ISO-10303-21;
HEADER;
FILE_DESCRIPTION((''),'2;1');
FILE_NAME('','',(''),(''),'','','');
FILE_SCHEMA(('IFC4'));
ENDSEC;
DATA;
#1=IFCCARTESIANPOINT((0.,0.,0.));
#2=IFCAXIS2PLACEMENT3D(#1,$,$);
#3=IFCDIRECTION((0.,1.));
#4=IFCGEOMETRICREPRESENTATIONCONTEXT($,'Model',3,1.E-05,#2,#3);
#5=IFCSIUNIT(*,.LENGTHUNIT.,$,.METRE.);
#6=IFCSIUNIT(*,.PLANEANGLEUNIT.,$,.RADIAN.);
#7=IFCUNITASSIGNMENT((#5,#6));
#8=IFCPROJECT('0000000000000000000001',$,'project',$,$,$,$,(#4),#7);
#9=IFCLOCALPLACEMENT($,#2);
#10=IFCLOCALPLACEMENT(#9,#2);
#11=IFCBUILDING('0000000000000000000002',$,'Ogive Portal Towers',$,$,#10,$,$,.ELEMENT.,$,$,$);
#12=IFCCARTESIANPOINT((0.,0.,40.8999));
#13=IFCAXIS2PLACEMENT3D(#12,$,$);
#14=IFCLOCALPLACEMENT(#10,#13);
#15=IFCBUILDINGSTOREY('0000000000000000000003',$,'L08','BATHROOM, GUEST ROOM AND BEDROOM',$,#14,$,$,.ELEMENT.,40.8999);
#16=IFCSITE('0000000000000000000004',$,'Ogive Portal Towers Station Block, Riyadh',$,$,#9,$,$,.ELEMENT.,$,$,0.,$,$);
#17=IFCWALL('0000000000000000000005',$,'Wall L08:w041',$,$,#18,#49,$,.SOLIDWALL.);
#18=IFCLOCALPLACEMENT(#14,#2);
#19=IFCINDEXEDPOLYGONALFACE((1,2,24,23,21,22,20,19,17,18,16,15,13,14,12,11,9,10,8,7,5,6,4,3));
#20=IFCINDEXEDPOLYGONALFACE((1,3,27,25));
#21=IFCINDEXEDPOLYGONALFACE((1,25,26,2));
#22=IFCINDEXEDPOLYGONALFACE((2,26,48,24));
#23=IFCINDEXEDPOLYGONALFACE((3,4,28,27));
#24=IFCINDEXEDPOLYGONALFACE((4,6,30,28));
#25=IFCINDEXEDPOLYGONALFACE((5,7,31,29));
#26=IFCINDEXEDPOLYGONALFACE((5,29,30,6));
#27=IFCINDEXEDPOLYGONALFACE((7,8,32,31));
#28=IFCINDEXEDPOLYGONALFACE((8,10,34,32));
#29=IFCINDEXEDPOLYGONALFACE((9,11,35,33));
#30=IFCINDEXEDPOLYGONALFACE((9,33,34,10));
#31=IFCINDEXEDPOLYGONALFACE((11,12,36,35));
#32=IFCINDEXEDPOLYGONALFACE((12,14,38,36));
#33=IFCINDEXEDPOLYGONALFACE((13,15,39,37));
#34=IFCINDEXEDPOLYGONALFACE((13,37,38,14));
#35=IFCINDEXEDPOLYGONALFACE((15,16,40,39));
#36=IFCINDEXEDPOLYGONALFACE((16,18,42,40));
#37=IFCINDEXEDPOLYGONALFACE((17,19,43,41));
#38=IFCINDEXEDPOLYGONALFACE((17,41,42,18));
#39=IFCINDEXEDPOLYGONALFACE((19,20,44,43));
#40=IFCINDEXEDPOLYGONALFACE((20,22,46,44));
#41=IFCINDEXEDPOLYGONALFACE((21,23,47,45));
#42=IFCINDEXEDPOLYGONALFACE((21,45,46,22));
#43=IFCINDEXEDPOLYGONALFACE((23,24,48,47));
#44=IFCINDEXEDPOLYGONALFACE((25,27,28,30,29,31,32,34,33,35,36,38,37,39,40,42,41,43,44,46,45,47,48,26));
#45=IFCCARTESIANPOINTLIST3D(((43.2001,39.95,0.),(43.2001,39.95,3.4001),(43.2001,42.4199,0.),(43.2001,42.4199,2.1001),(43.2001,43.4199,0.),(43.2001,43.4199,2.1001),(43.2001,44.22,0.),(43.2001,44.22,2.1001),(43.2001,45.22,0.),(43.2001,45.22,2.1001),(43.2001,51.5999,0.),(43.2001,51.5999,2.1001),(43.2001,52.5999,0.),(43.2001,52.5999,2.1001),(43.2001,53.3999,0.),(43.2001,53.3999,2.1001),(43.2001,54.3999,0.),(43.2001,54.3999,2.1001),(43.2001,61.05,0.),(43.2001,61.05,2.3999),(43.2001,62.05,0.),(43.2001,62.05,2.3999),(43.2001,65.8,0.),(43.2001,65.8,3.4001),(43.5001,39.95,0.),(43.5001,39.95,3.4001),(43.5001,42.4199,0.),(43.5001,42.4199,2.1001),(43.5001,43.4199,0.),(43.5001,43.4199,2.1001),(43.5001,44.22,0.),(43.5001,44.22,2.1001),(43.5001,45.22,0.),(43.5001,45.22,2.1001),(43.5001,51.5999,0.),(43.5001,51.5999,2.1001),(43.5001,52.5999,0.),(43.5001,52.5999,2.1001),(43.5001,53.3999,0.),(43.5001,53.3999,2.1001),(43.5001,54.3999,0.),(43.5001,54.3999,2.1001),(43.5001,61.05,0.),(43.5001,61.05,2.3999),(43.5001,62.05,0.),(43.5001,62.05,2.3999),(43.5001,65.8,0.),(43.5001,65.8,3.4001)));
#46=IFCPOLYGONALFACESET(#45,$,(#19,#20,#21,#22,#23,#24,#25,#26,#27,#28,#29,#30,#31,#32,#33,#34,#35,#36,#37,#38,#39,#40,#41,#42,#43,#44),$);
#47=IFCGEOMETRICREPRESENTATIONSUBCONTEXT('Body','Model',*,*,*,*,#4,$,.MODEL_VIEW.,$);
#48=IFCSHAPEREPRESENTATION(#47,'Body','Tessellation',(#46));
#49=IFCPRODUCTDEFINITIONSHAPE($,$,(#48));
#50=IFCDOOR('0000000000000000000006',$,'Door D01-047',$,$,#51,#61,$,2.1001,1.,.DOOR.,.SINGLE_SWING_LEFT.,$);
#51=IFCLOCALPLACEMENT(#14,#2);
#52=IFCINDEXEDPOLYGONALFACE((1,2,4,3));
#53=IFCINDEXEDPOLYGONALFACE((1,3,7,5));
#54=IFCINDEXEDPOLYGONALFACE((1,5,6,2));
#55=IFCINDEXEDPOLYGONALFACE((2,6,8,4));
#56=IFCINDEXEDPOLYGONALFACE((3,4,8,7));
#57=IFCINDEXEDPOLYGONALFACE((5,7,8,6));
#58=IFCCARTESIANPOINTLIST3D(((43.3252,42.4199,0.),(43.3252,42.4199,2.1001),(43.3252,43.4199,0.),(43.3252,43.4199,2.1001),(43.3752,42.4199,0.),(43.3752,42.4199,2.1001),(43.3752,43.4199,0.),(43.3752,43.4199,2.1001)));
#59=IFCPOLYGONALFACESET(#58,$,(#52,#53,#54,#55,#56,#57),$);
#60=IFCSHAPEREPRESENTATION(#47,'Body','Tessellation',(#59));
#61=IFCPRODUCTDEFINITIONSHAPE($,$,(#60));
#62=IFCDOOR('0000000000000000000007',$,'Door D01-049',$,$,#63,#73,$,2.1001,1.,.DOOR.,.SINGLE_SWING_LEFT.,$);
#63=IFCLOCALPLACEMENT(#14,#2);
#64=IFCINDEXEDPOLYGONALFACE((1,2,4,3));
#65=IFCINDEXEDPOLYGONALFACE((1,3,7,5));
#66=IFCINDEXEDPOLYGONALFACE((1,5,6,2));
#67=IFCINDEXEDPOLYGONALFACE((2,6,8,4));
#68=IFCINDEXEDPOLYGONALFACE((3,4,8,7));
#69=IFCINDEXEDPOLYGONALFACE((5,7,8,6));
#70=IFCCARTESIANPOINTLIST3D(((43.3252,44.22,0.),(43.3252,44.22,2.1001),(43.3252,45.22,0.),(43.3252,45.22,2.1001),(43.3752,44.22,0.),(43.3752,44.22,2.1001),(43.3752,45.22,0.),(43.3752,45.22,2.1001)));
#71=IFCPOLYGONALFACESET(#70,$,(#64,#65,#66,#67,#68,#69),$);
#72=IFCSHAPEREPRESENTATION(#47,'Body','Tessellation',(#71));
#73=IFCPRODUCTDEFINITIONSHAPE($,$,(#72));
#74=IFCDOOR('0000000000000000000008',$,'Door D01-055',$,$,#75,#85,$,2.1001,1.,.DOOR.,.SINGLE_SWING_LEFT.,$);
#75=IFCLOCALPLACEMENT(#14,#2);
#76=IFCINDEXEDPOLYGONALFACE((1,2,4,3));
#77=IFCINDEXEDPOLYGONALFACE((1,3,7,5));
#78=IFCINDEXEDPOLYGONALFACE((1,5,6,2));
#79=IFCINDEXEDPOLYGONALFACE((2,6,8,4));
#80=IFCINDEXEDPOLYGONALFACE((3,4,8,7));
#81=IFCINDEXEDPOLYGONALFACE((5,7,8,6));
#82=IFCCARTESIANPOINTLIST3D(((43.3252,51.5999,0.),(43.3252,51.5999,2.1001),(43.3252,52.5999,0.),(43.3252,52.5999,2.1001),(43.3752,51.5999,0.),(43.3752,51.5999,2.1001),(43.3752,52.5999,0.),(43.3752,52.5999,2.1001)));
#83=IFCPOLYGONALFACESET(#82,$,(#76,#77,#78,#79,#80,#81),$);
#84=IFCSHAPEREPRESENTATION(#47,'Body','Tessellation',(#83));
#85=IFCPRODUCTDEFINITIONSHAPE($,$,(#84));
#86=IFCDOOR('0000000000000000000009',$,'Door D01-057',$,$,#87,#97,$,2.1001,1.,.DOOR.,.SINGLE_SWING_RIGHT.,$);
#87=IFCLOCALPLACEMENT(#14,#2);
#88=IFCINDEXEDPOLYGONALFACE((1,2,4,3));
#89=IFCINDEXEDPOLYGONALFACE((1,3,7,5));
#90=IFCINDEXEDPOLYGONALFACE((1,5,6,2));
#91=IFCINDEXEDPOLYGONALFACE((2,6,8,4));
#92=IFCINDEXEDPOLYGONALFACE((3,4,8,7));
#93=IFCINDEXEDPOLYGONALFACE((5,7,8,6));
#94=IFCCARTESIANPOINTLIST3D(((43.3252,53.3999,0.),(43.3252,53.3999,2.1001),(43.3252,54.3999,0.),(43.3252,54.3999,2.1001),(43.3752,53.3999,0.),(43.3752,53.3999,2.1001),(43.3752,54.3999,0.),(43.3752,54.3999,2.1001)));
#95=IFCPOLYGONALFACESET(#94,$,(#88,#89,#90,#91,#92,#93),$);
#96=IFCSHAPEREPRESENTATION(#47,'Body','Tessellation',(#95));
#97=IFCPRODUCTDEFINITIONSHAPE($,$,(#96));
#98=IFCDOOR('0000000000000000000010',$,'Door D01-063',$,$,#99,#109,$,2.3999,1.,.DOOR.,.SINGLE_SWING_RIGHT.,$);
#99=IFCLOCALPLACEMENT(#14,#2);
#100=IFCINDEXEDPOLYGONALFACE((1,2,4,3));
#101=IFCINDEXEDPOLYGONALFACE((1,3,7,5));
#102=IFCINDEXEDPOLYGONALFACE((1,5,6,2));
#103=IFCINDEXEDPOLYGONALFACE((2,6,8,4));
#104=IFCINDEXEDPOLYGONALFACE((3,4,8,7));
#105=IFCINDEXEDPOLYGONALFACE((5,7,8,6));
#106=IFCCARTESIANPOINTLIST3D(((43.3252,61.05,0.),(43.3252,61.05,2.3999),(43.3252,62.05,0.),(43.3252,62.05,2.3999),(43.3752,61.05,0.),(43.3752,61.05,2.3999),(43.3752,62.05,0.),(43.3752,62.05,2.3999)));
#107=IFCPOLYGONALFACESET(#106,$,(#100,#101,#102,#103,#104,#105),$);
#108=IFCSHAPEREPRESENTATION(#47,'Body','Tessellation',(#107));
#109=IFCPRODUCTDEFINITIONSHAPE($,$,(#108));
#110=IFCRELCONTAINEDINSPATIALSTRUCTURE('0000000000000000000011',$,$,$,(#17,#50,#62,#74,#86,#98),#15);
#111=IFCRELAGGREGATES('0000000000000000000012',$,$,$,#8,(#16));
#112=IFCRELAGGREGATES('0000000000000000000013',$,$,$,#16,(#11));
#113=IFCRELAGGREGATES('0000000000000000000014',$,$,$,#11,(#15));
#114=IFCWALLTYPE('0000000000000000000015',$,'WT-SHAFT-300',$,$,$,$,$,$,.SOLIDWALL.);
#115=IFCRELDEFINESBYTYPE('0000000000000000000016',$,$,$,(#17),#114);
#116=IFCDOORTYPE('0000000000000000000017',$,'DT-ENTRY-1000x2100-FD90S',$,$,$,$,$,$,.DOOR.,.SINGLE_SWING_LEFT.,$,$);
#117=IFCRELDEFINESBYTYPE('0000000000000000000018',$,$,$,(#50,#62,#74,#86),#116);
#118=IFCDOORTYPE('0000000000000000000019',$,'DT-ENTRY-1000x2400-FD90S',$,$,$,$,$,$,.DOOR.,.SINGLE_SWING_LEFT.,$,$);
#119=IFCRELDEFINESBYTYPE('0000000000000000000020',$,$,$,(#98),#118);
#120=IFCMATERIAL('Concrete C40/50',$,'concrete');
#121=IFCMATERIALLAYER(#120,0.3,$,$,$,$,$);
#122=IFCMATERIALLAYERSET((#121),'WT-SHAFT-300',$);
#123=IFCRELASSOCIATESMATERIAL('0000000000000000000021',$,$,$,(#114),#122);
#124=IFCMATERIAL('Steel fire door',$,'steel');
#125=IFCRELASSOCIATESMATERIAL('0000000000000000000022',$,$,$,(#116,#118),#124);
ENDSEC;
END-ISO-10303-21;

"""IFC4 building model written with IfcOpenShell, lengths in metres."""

from ifc_helpers import new_model, si_unit, direction, frame, frame_2d, origin, place, context, subcontext, project, spatial, rectangle, extrude, material, layer, layer_set, type_object, element, fill, save


model = new_model("IFC4")

# Units and contexts
model_context = context("Model", 3, precision=1e-05, world=origin(), true_north=direction((0.0, 1.0)))
body_context = subcontext(model_context, "Body", "Model", "MODEL_VIEW")
ifc_project = project(units=[si_unit("LENGTHUNIT", "METRE"), si_unit("PLANEANGLEUNIT", "RADIAN")], contexts=[model_context])

# Site, building, storey
site_placement = place(None, origin())
site = spatial("IfcSite", under=ifc_project, at=site_placement, Name="Ogive Portal Towers Station Block, Riyadh", CompositionType="ELEMENT", RefElevation=0.0)
building_placement = place(site_placement, origin())
building = spatial("IfcBuilding", under=site, at=building_placement, Name="Ogive Portal Towers", CompositionType="ELEMENT")
storey_placement = place(building_placement, frame((0.0, 0.0, 40.8999)))
storey = spatial("IfcBuildingStorey", under=building, at=storey_placement, Name="L08", Description="BATHROOM, GUEST ROOM AND BEDROOM", CompositionType="ELEMENT", Elevation=40.8999)

# Shared definitions
ifc_material_1 = material(Name="Steel fire door", Category="steel")

# Wall, openings, doors
ifc_material_2 = material(Name="Concrete C40/50", Category="concrete")
ifc_layer_1 = layer(ifc_material_2, 0.3)
ifc_layer_set_1 = layer_set([ifc_layer_1], Name="WT-SHAFT-300")
wall_type_1 = type_object("IfcWallType", Name="WT-SHAFT-300", PredefinedType="SOLIDWALL", material=ifc_layer_set_1)
wall_1_placement = place(storey_placement, frame((43.3501, 39.95, 0.0), z_axis=(0.0, 0.0, 1.0), x_axis=(0.0, 1.0, 0.0)))
wall_1 = element("IfcWall", 1, at=wall_1_placement, inside=storey, type_object=wall_type_1, Name="Wall L08:w041", PredefinedType="SOLIDWALL", context=body_context, shape_type="SweptSolid", body=[
    extrude(rectangle(XDim=25.8501, YDim=0.3, at=frame_2d((12.925, 0.0))), origin(), (0.0, 0.0, 1.0), 3.4001),
])
opening_1_placement = place(wall_1_placement, frame((2.47, 0.0, 0.0)))
opening_1 = element("IfcOpeningElement", 2, at=opening_1_placement, cuts=wall_1, PredefinedType="OPENING", context=body_context, shape_type="SweptSolid", body=[
    extrude(rectangle(XDim=1.0, YDim=2.1001, at=frame_2d((0.5, 1.05))), frame((0.0, 0.1602, 0.0), z_axis=(0.0, -1.0, 0.0), x_axis=(1.0, 0.0, 0.0)), (0.0, 0.0, 1.0), 0.3201),
])
opening_2_placement = place(wall_1_placement, frame((4.27, 0.0, 0.0)))
opening_2 = element("IfcOpeningElement", 3, at=opening_2_placement, cuts=wall_1, PredefinedType="OPENING", context=body_context, shape_type="SweptSolid", body=[
    extrude(rectangle(XDim=1.0, YDim=2.1001, at=frame_2d((0.5, 1.05))), frame((0.0, 0.1602, 0.0), z_axis=(0.0, -1.0, 0.0), x_axis=(1.0, 0.0, 0.0)), (0.0, 0.0, 1.0), 0.3201),
])
opening_3_placement = place(wall_1_placement, frame((11.6499, 0.0, 0.0)))
opening_3 = element("IfcOpeningElement", 4, at=opening_3_placement, cuts=wall_1, PredefinedType="OPENING", context=body_context, shape_type="SweptSolid", body=[
    extrude(rectangle(XDim=1.0, YDim=2.1001, at=frame_2d((0.5, 1.05))), frame((0.0, 0.1602, 0.0), z_axis=(0.0, -1.0, 0.0), x_axis=(1.0, 0.0, 0.0)), (0.0, 0.0, 1.0), 0.3201),
])
opening_4_placement = place(wall_1_placement, frame((13.45, 0.0, 0.0)))
opening_4 = element("IfcOpeningElement", 5, at=opening_4_placement, cuts=wall_1, PredefinedType="OPENING", context=body_context, shape_type="SweptSolid", body=[
    extrude(rectangle(XDim=1.0, YDim=2.1001, at=frame_2d((0.5, 1.05))), frame((0.0, 0.1602, 0.0), z_axis=(0.0, -1.0, 0.0), x_axis=(1.0, 0.0, 0.0)), (0.0, 0.0, 1.0), 0.3201),
])
opening_5_placement = place(wall_1_placement, frame((21.1001, 0.0, 0.0)))
opening_5 = element("IfcOpeningElement", 6, at=opening_5_placement, cuts=wall_1, PredefinedType="OPENING", context=body_context, shape_type="SweptSolid", body=[
    extrude(rectangle(XDim=1.0, YDim=2.3999, at=frame_2d((0.5, 1.2))), frame((0.0, 0.1602, 0.0), z_axis=(0.0, -1.0, 0.0), x_axis=(1.0, 0.0, 0.0)), (0.0, 0.0, 1.0), 0.3201),
])
door_type_1 = type_object("IfcDoorType", Name="DT-ENTRY-1000x2100-FD90S", OperationType="SINGLE_SWING_LEFT", PredefinedType="DOOR", material=ifc_material_1)
door_1_placement = place(opening_1_placement, origin())
door_1 = element("IfcDoor", 7, at=door_1_placement, inside=storey, type_object=door_type_1, Name="Door D01-047", OperationType="SINGLE_SWING_LEFT", OverallHeight=2.1001, OverallWidth=1.0, PredefinedType="DOOR", context=body_context, shape_type="SweptSolid", body=[
    extrude(rectangle(XDim=1.0, YDim=2.1001, at=frame_2d((0.5, 1.05))), frame((0.0, 0.0249, 0.0), z_axis=(0.0, -1.0, 0.0), x_axis=(1.0, 0.0, 0.0)), (0.0, 0.0, 1.0), 0.05),
])
fill(opening_1, door_1)
door_2_placement = place(opening_2_placement, origin())
door_2 = element("IfcDoor", 8, at=door_2_placement, inside=storey, type_object=door_type_1, Name="Door D01-049", OperationType="SINGLE_SWING_LEFT", OverallHeight=2.1001, OverallWidth=1.0, PredefinedType="DOOR", context=body_context, shape_type="SweptSolid", body=[
    extrude(rectangle(XDim=1.0, YDim=2.1001, at=frame_2d((0.5, 1.05))), frame((0.0, 0.0249, 0.0), z_axis=(0.0, -1.0, 0.0), x_axis=(1.0, 0.0, 0.0)), (0.0, 0.0, 1.0), 0.05),
])
fill(opening_2, door_2)
door_3_placement = place(opening_3_placement, origin())
door_3 = element("IfcDoor", 9, at=door_3_placement, inside=storey, type_object=door_type_1, Name="Door D01-055", OperationType="SINGLE_SWING_LEFT", OverallHeight=2.1001, OverallWidth=1.0, PredefinedType="DOOR", context=body_context, shape_type="SweptSolid", body=[
    extrude(rectangle(XDim=1.0, YDim=2.1001, at=frame_2d((0.5, 1.05))), frame((0.0, 0.0249, 0.0), z_axis=(0.0, -1.0, 0.0), x_axis=(1.0, 0.0, 0.0)), (0.0, 0.0, 1.0), 0.05),
])
fill(opening_3, door_3)
door_4_placement = place(opening_4_placement, origin())
door_4 = element("IfcDoor", 10, at=door_4_placement, inside=storey, type_object=door_type_1, Name="Door D01-057", OperationType="SINGLE_SWING_RIGHT", OverallHeight=2.1001, OverallWidth=1.0, PredefinedType="DOOR", context=body_context, shape_type="SweptSolid", body=[
    extrude(rectangle(XDim=1.0, YDim=2.1001, at=frame_2d((0.5, 1.05))), frame((0.0, 0.0249, 0.0), z_axis=(0.0, -1.0, 0.0), x_axis=(1.0, 0.0, 0.0)), (0.0, 0.0, 1.0), 0.05),
])
fill(opening_4, door_4)
door_type_2 = type_object("IfcDoorType", Name="DT-ENTRY-1000x2400-FD90S", OperationType="SINGLE_SWING_LEFT", PredefinedType="DOOR", material=ifc_material_1)
door_5_placement = place(opening_5_placement, origin())
door_5 = element("IfcDoor", 11, at=door_5_placement, inside=storey, type_object=door_type_2, Name="Door D01-063", OperationType="SINGLE_SWING_RIGHT", OverallHeight=2.3999, OverallWidth=1.0, PredefinedType="DOOR", context=body_context, shape_type="SweptSolid", body=[
    extrude(rectangle(XDim=1.0, YDim=2.3999, at=frame_2d((0.5, 1.2))), frame((0.0, 0.0249, 0.0), z_axis=(0.0, -1.0, 0.0), x_axis=(1.0, 0.0, 0.0)), (0.0, 0.0, 1.0), 0.05),
])
fill(opening_5, door_5)

save(model, "model.ifc")
